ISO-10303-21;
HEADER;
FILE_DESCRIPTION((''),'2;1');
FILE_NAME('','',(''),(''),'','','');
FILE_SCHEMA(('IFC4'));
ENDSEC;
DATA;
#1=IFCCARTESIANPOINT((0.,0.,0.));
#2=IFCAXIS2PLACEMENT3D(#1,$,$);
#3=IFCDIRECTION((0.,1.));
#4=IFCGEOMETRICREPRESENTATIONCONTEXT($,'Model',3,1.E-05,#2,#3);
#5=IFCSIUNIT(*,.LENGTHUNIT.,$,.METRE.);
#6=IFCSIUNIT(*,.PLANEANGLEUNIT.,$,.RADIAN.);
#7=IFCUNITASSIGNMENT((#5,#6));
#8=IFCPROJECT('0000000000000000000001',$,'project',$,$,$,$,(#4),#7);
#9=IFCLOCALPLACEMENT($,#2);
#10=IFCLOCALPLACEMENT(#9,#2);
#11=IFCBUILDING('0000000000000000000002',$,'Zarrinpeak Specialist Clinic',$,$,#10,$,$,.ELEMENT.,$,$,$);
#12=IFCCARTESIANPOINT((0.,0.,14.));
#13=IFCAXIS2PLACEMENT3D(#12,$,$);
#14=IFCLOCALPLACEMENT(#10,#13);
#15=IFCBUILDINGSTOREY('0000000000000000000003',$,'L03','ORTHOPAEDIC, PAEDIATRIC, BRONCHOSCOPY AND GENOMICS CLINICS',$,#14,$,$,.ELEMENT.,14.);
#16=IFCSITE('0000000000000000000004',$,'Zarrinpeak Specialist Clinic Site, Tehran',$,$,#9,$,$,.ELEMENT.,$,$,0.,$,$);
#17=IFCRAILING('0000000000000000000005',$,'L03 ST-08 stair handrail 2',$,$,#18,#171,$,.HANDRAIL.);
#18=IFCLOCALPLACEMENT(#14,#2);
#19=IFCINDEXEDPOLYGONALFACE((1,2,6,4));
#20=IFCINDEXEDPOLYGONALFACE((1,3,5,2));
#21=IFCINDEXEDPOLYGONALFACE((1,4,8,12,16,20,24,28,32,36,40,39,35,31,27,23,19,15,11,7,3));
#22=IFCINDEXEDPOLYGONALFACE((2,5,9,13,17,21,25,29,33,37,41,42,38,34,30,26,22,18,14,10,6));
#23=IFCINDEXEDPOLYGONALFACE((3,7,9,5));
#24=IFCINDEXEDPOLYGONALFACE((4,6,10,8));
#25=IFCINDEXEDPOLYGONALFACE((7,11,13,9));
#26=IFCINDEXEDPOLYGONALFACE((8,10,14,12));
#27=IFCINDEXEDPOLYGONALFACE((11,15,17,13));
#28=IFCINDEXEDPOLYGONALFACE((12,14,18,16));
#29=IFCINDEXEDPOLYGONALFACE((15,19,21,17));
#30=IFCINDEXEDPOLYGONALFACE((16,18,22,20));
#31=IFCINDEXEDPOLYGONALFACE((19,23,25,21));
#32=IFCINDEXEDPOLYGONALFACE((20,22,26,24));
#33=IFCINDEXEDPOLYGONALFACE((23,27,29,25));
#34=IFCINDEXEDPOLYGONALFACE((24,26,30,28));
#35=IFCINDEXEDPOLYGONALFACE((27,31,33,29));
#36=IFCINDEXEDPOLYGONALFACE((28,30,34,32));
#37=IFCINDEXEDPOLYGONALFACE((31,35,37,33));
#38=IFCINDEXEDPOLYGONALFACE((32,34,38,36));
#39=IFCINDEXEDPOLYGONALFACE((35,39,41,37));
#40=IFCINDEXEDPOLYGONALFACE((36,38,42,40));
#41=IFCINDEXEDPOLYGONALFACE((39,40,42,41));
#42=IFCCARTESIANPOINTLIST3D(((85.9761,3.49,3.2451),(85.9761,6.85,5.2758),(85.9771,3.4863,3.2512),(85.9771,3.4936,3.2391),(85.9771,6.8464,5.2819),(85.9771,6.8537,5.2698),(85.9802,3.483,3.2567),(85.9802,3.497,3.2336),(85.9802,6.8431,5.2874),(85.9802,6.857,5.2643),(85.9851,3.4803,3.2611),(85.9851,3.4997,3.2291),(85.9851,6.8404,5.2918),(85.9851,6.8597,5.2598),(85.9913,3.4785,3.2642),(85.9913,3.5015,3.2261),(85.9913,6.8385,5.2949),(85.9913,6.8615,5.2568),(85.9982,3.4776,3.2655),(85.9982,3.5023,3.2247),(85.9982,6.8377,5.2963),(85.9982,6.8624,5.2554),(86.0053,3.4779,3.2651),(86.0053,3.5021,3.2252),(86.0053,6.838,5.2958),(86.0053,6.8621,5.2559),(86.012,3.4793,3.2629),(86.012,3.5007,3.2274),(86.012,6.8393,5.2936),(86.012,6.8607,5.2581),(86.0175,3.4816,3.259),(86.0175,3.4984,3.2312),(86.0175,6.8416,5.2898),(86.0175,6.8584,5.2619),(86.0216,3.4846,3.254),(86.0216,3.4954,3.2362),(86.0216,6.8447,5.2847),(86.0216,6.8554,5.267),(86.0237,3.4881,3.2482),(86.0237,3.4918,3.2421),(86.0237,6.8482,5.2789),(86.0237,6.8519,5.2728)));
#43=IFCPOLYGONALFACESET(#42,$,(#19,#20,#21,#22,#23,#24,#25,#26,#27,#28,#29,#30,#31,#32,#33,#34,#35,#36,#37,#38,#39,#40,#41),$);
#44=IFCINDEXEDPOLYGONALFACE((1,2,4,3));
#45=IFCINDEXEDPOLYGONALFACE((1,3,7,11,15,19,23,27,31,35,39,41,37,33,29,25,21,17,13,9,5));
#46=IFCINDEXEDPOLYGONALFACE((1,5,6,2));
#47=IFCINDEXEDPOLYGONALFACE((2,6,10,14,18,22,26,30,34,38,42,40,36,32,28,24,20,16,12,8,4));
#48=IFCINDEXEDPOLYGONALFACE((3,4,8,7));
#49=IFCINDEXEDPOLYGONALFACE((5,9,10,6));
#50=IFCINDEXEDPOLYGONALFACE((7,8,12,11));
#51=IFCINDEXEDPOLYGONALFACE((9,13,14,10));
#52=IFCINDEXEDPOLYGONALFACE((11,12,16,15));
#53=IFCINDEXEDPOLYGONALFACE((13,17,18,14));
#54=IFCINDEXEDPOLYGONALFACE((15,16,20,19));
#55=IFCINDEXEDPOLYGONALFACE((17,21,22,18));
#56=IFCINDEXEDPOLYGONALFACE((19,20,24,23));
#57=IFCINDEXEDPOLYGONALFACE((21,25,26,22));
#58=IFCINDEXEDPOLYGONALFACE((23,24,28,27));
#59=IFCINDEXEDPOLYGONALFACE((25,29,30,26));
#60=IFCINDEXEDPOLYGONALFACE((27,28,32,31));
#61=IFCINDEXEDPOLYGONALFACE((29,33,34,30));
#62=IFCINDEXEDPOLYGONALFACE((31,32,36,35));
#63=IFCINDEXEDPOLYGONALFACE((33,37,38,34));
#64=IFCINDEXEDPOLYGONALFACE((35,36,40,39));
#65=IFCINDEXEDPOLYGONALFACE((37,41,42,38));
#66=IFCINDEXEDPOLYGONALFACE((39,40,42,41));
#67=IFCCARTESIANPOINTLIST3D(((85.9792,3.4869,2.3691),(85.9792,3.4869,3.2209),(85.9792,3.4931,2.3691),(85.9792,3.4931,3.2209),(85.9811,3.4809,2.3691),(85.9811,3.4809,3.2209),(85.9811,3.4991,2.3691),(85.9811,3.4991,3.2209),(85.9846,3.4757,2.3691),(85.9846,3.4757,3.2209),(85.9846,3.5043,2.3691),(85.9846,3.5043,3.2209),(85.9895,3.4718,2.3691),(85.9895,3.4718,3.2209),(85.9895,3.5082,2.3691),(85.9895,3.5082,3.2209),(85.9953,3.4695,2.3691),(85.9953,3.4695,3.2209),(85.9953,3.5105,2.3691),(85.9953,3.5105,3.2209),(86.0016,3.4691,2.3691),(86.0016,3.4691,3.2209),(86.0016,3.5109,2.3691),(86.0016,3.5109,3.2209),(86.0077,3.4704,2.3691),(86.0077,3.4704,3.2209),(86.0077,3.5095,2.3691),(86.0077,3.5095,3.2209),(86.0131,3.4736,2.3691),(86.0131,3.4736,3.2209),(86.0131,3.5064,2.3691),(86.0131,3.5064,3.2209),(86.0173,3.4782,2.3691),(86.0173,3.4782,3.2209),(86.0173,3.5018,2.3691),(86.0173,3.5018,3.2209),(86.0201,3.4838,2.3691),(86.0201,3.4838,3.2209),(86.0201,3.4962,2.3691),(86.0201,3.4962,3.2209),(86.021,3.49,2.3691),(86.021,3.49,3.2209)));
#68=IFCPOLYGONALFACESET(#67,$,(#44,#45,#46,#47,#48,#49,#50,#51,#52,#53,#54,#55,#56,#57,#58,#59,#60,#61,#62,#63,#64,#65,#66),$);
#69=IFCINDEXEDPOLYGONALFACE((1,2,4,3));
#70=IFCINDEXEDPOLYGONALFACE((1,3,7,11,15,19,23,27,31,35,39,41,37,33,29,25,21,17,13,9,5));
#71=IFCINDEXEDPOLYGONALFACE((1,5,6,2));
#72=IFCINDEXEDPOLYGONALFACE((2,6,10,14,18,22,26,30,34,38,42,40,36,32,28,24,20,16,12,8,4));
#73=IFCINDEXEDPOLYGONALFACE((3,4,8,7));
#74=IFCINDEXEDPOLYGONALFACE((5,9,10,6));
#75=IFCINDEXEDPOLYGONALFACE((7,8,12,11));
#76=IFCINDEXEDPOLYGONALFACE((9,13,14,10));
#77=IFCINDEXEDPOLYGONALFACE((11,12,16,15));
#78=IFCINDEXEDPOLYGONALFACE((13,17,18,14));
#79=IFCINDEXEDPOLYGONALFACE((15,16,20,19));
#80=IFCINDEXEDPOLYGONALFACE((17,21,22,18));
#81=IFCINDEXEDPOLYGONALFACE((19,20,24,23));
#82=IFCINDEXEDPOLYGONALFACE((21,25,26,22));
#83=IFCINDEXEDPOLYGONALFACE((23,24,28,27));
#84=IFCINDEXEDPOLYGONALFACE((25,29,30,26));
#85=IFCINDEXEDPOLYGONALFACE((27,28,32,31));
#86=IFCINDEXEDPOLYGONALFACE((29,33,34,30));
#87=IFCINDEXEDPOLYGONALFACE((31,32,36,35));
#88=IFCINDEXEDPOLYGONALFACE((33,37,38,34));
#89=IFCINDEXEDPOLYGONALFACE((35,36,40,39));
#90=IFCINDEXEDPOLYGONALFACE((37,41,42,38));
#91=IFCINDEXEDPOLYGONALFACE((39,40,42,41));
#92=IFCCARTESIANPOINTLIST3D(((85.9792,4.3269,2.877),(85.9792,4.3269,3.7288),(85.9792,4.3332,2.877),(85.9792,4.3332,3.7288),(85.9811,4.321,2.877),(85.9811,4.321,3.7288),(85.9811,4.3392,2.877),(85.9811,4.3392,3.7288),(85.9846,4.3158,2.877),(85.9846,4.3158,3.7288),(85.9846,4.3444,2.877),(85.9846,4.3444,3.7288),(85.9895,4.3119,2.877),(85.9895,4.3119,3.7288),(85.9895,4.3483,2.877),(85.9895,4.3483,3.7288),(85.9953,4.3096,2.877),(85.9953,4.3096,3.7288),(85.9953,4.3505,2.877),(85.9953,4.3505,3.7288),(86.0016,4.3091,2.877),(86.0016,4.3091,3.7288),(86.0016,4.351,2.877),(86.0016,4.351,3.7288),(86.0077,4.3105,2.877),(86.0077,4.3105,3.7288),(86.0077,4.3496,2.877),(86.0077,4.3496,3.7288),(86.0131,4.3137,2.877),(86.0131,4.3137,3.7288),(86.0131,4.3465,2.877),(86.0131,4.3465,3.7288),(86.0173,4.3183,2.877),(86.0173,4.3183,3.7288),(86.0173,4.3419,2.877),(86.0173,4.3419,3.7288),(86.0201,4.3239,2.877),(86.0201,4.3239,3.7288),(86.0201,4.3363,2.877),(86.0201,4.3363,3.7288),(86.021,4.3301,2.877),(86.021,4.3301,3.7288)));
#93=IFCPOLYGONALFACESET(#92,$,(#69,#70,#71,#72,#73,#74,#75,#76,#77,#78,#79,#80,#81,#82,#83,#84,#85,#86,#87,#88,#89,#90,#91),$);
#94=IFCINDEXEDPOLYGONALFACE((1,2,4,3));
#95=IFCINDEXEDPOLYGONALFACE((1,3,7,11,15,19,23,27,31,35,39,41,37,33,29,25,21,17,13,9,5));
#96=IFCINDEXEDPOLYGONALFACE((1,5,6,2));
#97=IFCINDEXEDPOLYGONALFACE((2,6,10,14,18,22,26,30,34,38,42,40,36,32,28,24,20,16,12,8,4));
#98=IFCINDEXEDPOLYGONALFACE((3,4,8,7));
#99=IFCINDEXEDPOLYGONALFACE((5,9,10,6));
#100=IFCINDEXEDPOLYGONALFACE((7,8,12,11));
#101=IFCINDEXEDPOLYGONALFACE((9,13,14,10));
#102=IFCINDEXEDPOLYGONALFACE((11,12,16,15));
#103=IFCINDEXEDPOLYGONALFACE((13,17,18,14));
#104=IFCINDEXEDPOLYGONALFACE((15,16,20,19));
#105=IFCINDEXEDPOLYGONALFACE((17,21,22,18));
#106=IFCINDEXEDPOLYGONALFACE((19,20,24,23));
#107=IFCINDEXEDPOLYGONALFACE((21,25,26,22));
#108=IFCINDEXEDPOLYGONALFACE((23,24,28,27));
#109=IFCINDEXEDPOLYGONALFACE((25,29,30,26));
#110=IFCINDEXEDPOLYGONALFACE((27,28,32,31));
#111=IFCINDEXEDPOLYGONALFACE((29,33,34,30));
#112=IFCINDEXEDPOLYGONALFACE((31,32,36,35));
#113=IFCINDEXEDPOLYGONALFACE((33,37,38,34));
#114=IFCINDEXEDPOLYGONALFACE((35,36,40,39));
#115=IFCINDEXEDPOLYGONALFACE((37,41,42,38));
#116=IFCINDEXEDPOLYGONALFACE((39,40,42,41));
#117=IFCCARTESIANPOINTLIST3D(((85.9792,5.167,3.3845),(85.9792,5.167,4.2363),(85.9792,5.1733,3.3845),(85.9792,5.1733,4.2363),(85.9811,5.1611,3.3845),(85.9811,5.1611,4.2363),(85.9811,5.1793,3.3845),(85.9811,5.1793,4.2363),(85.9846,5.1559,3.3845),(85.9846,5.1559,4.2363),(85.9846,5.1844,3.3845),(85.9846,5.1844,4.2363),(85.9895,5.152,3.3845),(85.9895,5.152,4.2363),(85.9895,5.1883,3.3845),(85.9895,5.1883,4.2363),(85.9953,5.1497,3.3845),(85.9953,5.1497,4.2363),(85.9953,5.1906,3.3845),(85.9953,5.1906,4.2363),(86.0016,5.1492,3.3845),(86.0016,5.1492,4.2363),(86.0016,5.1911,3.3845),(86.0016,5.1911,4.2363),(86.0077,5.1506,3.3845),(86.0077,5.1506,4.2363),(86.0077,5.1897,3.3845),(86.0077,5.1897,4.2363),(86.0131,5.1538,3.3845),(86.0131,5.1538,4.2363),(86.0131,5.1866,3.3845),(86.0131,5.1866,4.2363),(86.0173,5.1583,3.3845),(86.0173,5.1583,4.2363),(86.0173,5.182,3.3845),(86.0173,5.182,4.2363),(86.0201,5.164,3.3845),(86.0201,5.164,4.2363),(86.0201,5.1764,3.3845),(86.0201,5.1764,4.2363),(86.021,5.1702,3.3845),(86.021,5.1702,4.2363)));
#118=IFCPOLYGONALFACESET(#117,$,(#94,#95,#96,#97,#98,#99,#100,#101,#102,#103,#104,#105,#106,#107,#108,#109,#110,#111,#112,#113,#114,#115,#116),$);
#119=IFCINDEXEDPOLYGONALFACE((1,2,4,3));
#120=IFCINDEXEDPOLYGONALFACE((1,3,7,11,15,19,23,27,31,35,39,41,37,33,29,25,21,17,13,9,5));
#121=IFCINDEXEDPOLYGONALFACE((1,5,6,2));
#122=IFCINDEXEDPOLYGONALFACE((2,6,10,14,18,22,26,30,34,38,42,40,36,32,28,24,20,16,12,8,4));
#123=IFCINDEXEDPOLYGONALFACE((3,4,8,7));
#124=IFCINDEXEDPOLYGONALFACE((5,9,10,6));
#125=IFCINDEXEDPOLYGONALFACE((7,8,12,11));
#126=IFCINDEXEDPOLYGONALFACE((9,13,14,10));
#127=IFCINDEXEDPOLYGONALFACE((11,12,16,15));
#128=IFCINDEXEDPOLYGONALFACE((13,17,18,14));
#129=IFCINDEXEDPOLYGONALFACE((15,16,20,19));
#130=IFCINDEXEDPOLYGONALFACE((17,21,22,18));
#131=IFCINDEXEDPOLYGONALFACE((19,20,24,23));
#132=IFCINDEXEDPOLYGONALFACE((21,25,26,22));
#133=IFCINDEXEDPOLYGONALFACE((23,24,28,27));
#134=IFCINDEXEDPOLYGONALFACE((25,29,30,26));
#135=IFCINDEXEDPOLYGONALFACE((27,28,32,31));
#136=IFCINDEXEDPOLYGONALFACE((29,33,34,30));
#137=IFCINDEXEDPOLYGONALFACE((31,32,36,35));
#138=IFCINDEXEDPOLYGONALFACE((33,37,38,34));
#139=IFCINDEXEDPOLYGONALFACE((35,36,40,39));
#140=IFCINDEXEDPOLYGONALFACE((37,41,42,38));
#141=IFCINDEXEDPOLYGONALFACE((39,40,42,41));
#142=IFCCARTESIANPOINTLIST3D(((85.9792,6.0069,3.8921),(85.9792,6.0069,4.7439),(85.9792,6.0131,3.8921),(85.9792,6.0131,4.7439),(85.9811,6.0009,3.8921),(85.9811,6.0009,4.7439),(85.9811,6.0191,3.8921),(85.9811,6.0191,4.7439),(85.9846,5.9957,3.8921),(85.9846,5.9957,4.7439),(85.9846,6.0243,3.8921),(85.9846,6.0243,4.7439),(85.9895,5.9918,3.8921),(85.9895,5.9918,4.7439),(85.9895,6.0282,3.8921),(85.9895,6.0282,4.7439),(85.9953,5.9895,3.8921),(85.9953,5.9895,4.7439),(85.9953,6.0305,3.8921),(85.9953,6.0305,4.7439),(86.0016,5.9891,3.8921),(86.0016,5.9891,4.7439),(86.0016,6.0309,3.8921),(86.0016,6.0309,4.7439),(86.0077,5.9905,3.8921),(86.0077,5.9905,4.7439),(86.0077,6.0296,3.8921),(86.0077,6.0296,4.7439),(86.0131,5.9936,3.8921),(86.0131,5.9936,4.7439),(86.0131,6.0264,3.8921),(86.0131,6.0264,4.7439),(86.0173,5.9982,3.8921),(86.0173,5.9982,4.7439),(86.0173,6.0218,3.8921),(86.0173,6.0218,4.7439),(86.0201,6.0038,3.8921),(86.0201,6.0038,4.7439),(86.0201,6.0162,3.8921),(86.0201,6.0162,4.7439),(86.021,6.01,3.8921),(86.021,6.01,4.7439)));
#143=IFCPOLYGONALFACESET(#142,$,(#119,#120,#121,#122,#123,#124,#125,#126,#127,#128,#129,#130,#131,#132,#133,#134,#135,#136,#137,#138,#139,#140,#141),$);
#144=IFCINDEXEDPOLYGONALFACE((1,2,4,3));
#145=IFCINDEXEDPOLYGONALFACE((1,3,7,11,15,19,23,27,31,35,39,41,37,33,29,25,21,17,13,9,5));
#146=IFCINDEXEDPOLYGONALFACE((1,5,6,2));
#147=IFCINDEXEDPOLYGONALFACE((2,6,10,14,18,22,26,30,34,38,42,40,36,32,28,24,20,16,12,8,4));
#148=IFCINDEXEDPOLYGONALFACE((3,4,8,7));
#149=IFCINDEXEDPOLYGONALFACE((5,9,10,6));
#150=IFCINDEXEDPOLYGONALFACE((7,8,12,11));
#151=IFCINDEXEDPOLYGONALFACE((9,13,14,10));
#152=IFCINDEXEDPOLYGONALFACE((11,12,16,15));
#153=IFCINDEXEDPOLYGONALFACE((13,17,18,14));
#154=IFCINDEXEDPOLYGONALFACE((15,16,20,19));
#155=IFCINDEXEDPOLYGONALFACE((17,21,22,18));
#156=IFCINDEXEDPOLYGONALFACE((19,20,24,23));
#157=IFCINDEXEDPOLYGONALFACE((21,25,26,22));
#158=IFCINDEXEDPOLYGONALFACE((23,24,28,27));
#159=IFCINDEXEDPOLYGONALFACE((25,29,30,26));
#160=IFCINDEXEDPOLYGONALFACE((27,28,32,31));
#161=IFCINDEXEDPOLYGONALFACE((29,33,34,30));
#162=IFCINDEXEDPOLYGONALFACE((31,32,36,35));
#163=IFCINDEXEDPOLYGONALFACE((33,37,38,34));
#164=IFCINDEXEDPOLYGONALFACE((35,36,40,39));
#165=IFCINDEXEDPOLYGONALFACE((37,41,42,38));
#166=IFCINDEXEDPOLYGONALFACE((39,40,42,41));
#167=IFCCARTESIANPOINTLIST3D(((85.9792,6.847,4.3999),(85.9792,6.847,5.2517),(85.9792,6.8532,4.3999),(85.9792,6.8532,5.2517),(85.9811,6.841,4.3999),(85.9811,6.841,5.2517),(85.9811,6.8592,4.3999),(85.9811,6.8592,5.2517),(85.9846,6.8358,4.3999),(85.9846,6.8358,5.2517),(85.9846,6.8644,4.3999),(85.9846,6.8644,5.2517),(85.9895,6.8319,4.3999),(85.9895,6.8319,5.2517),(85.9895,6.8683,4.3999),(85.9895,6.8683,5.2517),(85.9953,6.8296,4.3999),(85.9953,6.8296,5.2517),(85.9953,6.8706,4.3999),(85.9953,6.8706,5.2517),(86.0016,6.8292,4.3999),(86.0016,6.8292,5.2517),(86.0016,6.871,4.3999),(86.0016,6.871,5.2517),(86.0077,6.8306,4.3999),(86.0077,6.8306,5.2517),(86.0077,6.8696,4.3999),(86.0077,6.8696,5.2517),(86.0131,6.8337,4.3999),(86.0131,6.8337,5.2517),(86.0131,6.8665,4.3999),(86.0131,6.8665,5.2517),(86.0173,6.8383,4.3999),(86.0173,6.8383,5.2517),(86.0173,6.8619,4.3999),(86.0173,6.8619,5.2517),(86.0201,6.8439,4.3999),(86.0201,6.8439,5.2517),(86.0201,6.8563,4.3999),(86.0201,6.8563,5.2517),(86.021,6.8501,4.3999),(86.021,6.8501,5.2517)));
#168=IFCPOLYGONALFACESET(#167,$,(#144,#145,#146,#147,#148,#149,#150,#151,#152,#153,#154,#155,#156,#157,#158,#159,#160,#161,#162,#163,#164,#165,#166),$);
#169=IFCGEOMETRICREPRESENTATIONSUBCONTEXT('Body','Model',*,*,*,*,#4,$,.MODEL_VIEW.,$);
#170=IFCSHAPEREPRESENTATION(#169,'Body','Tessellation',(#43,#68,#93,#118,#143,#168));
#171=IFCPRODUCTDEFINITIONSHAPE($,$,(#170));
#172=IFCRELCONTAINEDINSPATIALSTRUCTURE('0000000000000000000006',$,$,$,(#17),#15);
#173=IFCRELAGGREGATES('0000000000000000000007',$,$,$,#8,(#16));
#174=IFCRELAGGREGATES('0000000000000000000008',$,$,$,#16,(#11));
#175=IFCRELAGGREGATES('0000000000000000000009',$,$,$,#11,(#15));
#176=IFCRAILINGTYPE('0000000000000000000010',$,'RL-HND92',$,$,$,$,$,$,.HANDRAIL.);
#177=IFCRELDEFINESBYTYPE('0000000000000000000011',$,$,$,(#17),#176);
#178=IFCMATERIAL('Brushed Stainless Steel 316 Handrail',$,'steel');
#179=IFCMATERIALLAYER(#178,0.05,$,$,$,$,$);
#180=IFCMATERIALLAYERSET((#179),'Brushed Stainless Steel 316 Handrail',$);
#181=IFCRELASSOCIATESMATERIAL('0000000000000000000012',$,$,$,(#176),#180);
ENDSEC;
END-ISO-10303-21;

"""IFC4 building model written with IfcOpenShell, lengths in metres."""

from ifc_helpers import new_model, si_unit, direction, frame, origin, origin_2d, place, context, subcontext, project, spatial, circle, extrude, material, layer, layer_set, type_object, element, save


model = new_model("IFC4")

# Units and contexts
model_context = context("Model", 3, precision=1e-05, world=origin(), true_north=direction((0.0, 1.0)))
body_context = subcontext(model_context, "Body", "Model", "MODEL_VIEW")
ifc_project = project(units=[si_unit("LENGTHUNIT", "METRE"), si_unit("PLANEANGLEUNIT", "RADIAN")], contexts=[model_context])

# Site, building, storey
site_placement = place(None, origin())
site = spatial("IfcSite", under=ifc_project, at=site_placement, Name="Zarrinpeak Specialist Clinic Site, Tehran", CompositionType="ELEMENT", RefElevation=0.0)
building_placement = place(site_placement, origin())
building = spatial("IfcBuilding", under=site, at=building_placement, Name="Zarrinpeak Specialist Clinic", CompositionType="ELEMENT")
storey_placement = place(building_placement, frame((0.0, 0.0, 14.0)))
storey = spatial("IfcBuildingStorey", under=building, at=storey_placement, Name="L03", Description="ORTHOPAEDIC, PAEDIATRIC, BRONCHOSCOPY AND GENOMICS CLINICS", CompositionType="ELEMENT", Elevation=14.0)

# Railing
ifc_material_1 = material(Name="Brushed Stainless Steel 316 Handrail", Category="steel")
ifc_layer_1 = layer(ifc_material_1, 0.05)
ifc_layer_set_1 = layer_set([ifc_layer_1], Name="Brushed Stainless Steel 316 Handrail")
railing_type_1 = type_object("IfcRailingType", Name="RL-HND92", PredefinedType="HANDRAIL", material=ifc_layer_set_1)
railing_1_placement = place(storey_placement, frame((86.0, 3.49, 2.3691)))
element("IfcRailing", 1, at=railing_1_placement, inside=storey, type_object=railing_type_1, Name="L03 ST-08 stair handrail 2", PredefinedType="HANDRAIL", context=body_context, shape_type="SweptSolid", body=[
    extrude(circle(Radius=0.0239, at=origin_2d()), frame((0.0, 0.0, 0.876), z_axis=(0.0, 0.855837, 0.517246), x_axis=(-1.0, 0.0, 0.0)), (0.0, 0.0, 1.0), 3.926),
    extrude(circle(Radius=0.021, at=origin_2d()), origin(), (0.0, 0.0, 1.0), 0.8518),
    extrude(circle(Radius=0.021, at=origin_2d()), frame((0.0, 0.8401, 0.5078)), (0.0, 0.0, 1.0), 0.8518),
    extrude(circle(Radius=0.021, at=origin_2d()), frame((0.0, 1.6802, 1.0154)), (0.0, 0.0, 1.0), 0.8518),
    extrude(circle(Radius=0.021, at=origin_2d()), frame((0.0, 2.52, 1.5229)), (0.0, 0.0, 1.0), 0.8518),
    extrude(circle(Radius=0.021, at=origin_2d()), frame((0.0, 3.3601, 2.0308)), (0.0, 0.0, 1.0), 0.8518),
])

save(model, "model.ifc")
